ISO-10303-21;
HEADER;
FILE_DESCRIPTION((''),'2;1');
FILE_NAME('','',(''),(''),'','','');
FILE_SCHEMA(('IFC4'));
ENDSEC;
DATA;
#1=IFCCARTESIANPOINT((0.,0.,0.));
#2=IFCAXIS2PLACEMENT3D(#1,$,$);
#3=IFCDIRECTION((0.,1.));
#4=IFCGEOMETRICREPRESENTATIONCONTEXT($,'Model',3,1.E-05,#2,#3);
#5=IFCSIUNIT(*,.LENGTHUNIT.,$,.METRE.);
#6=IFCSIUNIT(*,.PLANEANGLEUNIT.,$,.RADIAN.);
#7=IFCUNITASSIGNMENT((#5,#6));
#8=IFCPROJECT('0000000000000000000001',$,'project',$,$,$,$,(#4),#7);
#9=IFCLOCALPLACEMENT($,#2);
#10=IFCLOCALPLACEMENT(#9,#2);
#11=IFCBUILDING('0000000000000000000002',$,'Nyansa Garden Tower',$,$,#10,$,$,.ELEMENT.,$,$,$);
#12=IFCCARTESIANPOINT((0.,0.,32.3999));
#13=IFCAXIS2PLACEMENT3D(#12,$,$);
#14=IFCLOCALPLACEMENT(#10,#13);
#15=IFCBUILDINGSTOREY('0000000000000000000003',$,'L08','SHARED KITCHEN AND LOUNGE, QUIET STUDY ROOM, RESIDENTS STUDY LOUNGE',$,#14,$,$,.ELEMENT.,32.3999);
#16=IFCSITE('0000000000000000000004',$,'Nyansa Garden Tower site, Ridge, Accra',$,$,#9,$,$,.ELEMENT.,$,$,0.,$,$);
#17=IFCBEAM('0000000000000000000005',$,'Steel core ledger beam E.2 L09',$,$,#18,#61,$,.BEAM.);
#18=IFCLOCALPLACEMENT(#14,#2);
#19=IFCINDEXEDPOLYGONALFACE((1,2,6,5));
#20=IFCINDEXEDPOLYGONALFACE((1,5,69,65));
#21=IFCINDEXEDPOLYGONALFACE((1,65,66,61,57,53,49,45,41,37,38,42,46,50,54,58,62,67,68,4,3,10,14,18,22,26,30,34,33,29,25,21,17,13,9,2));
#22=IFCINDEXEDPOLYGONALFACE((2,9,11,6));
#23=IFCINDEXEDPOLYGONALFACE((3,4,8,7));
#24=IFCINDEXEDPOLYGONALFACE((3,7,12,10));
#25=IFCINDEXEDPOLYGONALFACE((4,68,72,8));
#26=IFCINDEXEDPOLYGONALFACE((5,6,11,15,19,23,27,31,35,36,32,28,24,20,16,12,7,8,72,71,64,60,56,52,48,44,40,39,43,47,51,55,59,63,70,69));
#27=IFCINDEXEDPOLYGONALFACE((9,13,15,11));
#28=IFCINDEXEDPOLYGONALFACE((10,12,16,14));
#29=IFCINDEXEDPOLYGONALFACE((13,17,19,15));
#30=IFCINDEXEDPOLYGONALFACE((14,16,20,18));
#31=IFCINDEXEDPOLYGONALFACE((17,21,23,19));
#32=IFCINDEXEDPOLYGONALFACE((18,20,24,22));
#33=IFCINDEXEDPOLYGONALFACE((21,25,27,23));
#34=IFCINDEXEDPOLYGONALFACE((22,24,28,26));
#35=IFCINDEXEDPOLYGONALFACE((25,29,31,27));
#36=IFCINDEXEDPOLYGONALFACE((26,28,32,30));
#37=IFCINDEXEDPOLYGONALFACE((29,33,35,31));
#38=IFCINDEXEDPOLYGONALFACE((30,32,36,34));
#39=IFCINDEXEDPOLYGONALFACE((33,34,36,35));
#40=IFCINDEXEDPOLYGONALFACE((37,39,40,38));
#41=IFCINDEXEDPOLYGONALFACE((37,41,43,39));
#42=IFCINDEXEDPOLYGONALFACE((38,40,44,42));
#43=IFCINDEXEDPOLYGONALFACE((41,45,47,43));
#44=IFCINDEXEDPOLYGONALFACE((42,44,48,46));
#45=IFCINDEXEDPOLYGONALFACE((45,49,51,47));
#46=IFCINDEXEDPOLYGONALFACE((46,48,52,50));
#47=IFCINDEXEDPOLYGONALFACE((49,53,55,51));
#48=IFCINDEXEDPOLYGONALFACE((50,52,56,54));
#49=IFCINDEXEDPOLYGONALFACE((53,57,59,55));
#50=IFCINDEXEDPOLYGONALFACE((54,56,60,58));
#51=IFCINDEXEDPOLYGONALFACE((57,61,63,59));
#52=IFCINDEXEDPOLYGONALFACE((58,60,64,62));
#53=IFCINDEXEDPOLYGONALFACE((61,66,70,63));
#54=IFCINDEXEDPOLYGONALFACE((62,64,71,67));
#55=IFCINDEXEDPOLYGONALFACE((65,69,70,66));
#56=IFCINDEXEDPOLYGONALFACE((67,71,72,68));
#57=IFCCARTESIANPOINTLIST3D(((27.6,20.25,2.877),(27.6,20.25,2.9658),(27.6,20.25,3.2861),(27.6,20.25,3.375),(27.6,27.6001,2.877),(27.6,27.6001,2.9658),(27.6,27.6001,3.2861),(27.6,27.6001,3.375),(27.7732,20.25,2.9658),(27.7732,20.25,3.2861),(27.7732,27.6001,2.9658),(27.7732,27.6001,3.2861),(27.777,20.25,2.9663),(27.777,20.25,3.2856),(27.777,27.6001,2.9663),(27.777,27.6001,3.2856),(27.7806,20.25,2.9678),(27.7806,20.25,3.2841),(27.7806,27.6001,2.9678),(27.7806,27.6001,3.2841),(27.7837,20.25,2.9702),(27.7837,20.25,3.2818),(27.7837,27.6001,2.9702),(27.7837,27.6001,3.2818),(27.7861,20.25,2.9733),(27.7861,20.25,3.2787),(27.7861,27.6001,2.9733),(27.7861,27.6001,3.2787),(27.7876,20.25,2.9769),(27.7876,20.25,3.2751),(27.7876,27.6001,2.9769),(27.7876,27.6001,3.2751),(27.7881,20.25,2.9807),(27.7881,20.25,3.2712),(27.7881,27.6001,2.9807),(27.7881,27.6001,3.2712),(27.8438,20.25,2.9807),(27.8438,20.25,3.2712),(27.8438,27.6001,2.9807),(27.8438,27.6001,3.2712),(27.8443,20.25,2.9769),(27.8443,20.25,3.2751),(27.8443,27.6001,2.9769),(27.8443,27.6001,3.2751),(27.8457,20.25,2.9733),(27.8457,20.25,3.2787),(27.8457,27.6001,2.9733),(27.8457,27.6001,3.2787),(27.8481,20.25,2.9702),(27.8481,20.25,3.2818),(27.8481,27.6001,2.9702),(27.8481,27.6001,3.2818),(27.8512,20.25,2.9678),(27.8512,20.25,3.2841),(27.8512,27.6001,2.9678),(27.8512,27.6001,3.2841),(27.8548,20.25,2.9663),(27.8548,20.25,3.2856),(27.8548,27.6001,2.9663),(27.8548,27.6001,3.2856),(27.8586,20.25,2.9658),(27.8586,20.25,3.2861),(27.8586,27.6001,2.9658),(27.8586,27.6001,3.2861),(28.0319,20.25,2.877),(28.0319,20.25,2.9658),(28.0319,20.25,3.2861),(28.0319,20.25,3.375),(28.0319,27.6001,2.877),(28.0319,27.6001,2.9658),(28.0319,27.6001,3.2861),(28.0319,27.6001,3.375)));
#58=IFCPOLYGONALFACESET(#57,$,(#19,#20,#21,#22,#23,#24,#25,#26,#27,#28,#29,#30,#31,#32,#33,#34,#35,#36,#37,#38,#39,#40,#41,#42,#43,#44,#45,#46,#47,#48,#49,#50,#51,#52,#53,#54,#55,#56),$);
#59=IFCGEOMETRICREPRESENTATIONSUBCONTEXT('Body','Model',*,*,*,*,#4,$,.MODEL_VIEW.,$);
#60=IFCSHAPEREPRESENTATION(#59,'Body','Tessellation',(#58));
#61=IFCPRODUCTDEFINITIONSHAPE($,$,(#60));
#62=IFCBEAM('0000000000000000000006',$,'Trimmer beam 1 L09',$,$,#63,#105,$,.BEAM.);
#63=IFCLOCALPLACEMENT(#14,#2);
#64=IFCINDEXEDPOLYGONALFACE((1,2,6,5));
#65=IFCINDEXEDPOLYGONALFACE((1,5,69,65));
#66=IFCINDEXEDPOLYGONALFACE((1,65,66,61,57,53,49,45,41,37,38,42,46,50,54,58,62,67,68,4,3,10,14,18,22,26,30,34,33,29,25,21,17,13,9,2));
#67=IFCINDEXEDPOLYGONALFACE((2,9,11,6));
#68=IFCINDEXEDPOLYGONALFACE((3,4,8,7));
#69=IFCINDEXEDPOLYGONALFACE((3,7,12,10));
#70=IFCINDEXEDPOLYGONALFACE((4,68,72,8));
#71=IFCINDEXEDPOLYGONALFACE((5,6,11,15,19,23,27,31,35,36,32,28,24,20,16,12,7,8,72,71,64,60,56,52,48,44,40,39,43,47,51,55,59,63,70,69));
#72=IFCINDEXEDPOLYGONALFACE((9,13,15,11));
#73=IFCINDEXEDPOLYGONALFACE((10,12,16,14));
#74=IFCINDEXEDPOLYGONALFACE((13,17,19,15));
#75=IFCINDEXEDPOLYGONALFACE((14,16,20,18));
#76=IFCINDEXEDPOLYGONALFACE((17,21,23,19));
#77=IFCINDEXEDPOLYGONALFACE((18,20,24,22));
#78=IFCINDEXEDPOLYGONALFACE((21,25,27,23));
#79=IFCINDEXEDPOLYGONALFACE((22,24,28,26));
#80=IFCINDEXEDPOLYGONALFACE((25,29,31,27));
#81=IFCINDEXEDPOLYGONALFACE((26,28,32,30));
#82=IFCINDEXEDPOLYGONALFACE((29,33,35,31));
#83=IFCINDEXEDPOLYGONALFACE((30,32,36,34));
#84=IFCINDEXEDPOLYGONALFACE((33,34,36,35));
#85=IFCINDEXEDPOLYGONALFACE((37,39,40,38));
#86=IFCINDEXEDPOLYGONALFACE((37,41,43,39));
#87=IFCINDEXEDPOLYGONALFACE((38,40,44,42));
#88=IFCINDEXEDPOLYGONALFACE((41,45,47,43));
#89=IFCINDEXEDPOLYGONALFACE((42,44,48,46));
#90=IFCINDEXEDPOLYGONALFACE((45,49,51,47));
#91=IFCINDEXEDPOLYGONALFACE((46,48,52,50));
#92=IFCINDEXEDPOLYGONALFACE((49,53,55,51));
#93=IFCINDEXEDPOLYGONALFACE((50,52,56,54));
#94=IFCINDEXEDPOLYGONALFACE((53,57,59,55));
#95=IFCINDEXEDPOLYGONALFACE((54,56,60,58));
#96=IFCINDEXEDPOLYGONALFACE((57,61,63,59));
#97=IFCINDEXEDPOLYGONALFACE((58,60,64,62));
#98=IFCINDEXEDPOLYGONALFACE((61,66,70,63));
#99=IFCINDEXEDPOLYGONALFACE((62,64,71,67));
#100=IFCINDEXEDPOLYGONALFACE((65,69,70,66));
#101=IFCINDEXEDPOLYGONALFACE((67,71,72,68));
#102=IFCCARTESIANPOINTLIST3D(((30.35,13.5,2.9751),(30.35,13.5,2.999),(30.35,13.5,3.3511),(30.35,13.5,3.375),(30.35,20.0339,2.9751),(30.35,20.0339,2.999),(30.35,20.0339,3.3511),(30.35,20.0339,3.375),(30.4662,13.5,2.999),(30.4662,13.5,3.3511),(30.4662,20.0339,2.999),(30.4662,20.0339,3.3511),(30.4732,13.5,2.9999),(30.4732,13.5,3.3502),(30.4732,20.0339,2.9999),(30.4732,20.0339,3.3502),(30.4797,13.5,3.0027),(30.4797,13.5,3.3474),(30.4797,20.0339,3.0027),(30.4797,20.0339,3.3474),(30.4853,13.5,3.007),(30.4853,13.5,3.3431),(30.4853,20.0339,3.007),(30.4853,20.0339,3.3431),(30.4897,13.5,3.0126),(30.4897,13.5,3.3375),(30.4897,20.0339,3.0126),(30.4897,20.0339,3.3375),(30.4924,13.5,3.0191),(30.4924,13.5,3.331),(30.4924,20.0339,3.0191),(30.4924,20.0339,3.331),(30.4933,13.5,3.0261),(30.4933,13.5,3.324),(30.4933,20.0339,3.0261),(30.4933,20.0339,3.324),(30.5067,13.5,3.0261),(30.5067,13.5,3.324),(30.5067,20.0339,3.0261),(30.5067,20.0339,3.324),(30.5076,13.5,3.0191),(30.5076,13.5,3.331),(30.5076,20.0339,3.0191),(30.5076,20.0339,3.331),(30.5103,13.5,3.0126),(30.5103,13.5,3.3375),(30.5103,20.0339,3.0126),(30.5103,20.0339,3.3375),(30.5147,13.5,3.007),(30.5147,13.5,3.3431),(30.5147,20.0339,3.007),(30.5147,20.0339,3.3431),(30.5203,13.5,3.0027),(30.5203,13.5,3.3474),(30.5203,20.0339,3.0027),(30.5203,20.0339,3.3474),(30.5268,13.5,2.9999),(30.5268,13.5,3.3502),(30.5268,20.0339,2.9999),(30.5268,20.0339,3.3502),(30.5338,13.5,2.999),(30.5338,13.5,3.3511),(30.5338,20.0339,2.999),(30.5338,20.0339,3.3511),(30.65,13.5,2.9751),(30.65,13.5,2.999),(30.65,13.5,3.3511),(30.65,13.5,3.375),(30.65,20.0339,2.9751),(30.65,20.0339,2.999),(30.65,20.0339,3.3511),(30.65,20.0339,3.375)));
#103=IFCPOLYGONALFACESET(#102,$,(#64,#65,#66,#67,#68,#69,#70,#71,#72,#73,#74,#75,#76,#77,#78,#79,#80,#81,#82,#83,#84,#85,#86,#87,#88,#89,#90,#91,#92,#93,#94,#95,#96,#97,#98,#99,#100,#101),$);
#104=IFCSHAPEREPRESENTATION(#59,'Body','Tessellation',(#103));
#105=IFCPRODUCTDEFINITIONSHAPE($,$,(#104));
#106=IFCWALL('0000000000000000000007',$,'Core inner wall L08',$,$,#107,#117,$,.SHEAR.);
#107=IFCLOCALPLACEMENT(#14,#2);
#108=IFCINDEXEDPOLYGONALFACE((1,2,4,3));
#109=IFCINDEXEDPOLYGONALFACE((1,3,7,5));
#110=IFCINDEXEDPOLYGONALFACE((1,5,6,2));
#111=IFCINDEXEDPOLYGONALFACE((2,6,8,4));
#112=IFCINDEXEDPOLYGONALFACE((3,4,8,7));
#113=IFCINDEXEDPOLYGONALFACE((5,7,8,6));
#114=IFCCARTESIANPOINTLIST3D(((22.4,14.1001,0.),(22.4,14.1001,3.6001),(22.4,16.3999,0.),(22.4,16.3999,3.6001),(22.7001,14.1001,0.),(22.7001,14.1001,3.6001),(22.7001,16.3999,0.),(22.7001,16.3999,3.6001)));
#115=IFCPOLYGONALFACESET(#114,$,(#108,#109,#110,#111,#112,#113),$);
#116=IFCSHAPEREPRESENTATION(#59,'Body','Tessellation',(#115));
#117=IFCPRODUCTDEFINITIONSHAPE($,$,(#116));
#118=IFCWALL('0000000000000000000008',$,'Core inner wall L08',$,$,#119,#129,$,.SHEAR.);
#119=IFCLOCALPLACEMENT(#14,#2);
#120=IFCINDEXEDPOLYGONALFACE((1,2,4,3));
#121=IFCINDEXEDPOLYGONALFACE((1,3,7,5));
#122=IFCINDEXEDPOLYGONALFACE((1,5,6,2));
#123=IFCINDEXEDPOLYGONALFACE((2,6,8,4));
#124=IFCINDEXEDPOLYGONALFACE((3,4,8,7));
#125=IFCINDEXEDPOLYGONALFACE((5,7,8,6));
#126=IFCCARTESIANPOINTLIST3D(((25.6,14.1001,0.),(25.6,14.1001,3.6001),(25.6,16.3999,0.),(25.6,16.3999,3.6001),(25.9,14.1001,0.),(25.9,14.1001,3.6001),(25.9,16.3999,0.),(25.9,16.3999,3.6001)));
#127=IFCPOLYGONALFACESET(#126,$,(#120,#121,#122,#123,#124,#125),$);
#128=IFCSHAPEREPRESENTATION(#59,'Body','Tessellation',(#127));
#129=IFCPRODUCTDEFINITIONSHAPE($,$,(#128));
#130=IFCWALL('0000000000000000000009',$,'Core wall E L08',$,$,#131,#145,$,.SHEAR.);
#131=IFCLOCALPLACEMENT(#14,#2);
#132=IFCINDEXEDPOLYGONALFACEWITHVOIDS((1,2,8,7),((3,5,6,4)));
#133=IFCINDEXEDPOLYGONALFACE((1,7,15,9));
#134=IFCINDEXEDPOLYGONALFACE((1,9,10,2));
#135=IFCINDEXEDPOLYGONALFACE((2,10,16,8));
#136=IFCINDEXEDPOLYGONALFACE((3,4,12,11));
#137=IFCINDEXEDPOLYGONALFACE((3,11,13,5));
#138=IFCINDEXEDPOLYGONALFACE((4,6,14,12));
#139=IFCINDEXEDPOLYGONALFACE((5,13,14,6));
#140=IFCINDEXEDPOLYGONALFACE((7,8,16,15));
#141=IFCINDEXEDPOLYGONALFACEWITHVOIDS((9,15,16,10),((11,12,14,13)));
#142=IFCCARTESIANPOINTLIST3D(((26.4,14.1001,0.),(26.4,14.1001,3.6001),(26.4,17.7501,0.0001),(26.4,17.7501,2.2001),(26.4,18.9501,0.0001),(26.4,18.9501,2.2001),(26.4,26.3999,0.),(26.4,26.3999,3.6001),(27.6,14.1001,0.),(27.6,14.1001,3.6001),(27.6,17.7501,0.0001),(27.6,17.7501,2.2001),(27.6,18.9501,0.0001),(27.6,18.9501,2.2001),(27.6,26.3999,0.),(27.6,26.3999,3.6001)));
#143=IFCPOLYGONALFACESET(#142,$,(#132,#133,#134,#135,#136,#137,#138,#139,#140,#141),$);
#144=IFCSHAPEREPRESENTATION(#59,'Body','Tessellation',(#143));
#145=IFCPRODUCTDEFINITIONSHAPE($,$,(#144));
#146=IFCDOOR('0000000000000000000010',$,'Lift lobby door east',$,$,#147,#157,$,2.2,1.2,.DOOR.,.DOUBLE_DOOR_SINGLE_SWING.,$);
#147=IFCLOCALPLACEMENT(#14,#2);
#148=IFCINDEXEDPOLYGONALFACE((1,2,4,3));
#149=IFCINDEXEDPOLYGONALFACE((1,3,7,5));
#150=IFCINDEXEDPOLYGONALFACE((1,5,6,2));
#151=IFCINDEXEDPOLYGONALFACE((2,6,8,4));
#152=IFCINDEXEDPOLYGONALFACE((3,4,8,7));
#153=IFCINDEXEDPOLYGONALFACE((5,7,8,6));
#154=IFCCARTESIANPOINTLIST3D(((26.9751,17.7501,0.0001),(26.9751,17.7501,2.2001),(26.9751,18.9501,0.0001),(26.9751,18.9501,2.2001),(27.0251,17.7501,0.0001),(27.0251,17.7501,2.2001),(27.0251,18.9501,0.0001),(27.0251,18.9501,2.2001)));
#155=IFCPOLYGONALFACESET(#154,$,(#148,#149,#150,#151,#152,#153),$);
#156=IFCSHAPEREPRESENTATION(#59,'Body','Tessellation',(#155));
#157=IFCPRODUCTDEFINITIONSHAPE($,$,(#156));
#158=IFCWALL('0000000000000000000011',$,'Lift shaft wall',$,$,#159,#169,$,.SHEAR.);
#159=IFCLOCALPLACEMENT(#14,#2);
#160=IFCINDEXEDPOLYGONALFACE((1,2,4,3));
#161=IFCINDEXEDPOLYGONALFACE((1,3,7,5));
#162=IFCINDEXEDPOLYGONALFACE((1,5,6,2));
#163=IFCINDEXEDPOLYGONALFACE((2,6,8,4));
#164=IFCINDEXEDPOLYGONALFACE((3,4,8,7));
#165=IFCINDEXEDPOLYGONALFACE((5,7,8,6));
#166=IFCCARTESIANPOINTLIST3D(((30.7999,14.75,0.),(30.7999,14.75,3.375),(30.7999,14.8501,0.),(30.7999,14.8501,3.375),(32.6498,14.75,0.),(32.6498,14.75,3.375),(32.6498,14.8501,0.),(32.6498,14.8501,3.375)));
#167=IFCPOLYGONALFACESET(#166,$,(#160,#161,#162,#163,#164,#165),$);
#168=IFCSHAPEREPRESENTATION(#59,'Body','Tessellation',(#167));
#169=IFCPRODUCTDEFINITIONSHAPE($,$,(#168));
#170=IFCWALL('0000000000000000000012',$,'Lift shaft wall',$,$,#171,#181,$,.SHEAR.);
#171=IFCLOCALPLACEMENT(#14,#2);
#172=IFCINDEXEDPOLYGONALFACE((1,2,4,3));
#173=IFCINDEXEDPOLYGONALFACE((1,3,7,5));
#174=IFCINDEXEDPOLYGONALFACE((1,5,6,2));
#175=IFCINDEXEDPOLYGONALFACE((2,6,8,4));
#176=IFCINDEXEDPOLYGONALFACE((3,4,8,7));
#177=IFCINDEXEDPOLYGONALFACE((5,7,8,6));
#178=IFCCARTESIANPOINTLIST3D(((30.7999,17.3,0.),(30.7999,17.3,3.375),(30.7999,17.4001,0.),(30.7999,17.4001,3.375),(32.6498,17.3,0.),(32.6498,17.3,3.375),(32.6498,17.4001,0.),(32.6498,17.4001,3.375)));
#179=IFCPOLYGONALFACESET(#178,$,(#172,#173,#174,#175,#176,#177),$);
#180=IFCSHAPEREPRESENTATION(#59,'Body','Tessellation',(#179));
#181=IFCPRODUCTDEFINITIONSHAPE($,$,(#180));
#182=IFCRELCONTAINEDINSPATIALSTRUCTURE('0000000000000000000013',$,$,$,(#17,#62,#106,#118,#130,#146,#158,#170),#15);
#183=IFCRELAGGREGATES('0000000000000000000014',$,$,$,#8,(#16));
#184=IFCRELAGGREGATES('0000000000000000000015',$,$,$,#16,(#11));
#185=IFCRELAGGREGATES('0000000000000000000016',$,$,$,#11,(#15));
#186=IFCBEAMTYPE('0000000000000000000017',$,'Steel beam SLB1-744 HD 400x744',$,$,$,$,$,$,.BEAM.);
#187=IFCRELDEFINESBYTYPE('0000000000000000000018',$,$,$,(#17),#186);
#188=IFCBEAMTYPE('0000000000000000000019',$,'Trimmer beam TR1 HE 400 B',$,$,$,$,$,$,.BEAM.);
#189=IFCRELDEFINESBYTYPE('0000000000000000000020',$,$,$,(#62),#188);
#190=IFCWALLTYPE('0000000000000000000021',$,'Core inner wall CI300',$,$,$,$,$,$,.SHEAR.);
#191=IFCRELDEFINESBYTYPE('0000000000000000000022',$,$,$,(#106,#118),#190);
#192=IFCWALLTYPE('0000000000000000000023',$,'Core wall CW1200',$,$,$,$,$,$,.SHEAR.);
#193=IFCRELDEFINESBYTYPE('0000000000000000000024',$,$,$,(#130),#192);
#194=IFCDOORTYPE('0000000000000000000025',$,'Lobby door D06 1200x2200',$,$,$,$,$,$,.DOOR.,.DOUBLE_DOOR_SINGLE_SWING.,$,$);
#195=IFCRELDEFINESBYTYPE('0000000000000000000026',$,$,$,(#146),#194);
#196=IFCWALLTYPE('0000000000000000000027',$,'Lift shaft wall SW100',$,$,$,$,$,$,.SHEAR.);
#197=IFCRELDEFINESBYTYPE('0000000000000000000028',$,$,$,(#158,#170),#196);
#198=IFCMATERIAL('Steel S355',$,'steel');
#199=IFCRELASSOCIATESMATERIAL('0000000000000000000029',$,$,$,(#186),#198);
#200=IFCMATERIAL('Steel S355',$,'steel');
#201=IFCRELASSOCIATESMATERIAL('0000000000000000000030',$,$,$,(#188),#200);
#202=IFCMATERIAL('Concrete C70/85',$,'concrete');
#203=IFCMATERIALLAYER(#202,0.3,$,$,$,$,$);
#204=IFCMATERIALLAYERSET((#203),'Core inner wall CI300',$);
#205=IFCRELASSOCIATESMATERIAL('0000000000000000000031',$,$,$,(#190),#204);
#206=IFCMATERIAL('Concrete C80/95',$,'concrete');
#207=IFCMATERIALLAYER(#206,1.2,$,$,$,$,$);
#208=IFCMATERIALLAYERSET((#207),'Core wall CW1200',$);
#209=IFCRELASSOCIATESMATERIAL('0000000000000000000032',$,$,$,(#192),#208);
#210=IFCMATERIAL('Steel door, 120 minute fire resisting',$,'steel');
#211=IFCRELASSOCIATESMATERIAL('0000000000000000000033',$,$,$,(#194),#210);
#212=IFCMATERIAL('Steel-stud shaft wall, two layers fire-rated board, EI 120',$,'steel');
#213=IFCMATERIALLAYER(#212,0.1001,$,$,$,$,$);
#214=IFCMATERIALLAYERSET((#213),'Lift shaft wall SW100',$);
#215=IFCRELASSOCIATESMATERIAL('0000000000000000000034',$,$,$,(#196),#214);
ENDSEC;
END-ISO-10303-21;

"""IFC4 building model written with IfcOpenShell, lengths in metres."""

from ifc_helpers import new_model, si_unit, direction, frame, frame_2d, origin, origin_2d, place, context, subcontext, project, spatial, rectangle, i_section, extrude, material, layer, layer_set, material_profile, profile_set, type_object, element, fill, save


model = new_model("IFC4")

# Units and contexts
model_context = context("Model", 3, precision=1e-05, world=origin(), true_north=direction((0.0, 1.0)))
body_context = subcontext(model_context, "Body", "Model", "MODEL_VIEW")
ifc_project = project(units=[si_unit("LENGTHUNIT", "METRE"), si_unit("PLANEANGLEUNIT", "RADIAN")], contexts=[model_context])

# Site, building, storey
site_placement = place(None, origin())
site = spatial("IfcSite", under=ifc_project, at=site_placement, Name="Nyansa Garden Tower site, Ridge, Accra", CompositionType="ELEMENT", RefElevation=0.0)
building_placement = place(site_placement, origin())
building = spatial("IfcBuilding", under=site, at=building_placement, Name="Nyansa Garden Tower", CompositionType="ELEMENT")
storey_placement = place(building_placement, frame((0.0, 0.0, 32.3999)))
storey = spatial("IfcBuildingStorey", under=building, at=storey_placement, Name="L08", Description="SHARED KITCHEN AND LOUNGE, QUIET STUDY ROOM, RESIDENTS STUDY LOUNGE", CompositionType="ELEMENT", Elevation=32.3999)

# Beams
ifc_material_1 = material(Name="Steel S355", Category="steel")
ifc_material_profile_1 = material_profile(ifc_material_1, i_section(OverallWidth=0.4319, OverallDepth=0.498, WebThickness=0.0557, FlangeThickness=0.0889, FilletRadius=0.0149, at=origin_2d()), Name="HD 400x744")
ifc_profile_set_1 = profile_set([ifc_material_profile_1], Name="Steel S355")
beam_type_1 = type_object("IfcBeamType", Name="Steel beam SLB1-744 HD 400x744", PredefinedType="BEAM", material=ifc_profile_set_1)
beam_1_placement = place(storey_placement, frame((27.8159, 20.25, 3.126), z_axis=(0.0, 1.0, 0.0), x_axis=(-1.0, 0.0, 0.0)))
element("IfcBeam", 1, at=beam_1_placement, inside=storey, type_object=beam_type_1, Name="Steel core ledger beam E.2 L09", PredefinedType="BEAM", context=body_context, shape_type="SweptSolid", body=[
    extrude(i_section(OverallWidth=0.4319, OverallDepth=0.498, WebThickness=0.0557, FlangeThickness=0.0889, FilletRadius=0.0149, at=origin_2d()), origin(), (0.0, 0.0, 1.0), 7.3501),
])
ifc_material_2 = material(Name="Steel S355", Category="steel")
ifc_material_profile_2 = material_profile(ifc_material_2, i_section(OverallWidth=0.3, OverallDepth=0.3999, WebThickness=0.0134, FlangeThickness=0.0239, FilletRadius=0.0271, at=origin_2d()), Name="HE 400 B")
ifc_profile_set_2 = profile_set([ifc_material_profile_2], Name="Steel S355")
beam_type_2 = type_object("IfcBeamType", Name="Trimmer beam TR1 HE 400 B", PredefinedType="BEAM", material=ifc_profile_set_2)
beam_2_placement = place(storey_placement, frame((30.5, 13.5, 3.175), z_axis=(0.0, 1.0, 0.0), x_axis=(-1.0, 0.0, 0.0)))
element("IfcBeam", 2, at=beam_2_placement, inside=storey, type_object=beam_type_2, Name="Trimmer beam 1 L09", PredefinedType="BEAM", context=body_context, shape_type="SweptSolid", body=[
    extrude(i_section(OverallWidth=0.3, OverallDepth=0.3999, WebThickness=0.0134, FlangeThickness=0.0239, FilletRadius=0.0271, at=origin_2d()), origin(), (0.0, 0.0, 1.0), 6.5339),
])

# Walls
ifc_material_3 = material(Name="Concrete C70/85", Category="concrete")
ifc_layer_1 = layer(ifc_material_3, 0.3)
ifc_layer_set_1 = layer_set([ifc_layer_1], Name="Core inner wall CI300")
wall_type_1 = type_object("IfcWallType", Name="Core inner wall CI300", PredefinedType="SHEAR", material=ifc_layer_set_1)
for number, where, z_axis, x_axis, name in (
    (3, (22.55, 14.1001, 0.0), (0.0, 0.0, 1.0), (0.0, 1.0, 0.0), "Core inner wall L08"),
    (4, (25.75, 14.1001, 0.0), (0.0, 0.0, 1.0), (0.0, 1.0, 0.0), "Core inner wall L08"),
):
    element("IfcWall", number, at=place(storey_placement, frame(where, z_axis=z_axis, x_axis=x_axis)), inside=storey, type_object=wall_type_1, Name=name, PredefinedType="SHEAR", context=body_context, shape_type="SweptSolid", body=[
        extrude(rectangle(XDim=2.2998, YDim=0.3, at=frame_2d((1.1499, 0.0))), origin(), (0.0, 0.0, 1.0), 3.6001),
    ])

# Wall, opening, door
ifc_material_4 = material(Name="Concrete C80/95", Category="concrete")
ifc_layer_2 = layer(ifc_material_4, 1.2)
ifc_layer_set_2 = layer_set([ifc_layer_2], Name="Core wall CW1200")
wall_type_2 = type_object("IfcWallType", Name="Core wall CW1200", PredefinedType="SHEAR", material=ifc_layer_set_2)
wall_1_placement = place(storey_placement, frame((27.0, 14.1001, 0.0), z_axis=(0.0, 0.0, 1.0), x_axis=(0.0, 1.0, 0.0)))
wall_1 = element("IfcWall", 5, at=wall_1_placement, inside=storey, type_object=wall_type_2, Name="Core wall E L08", PredefinedType="SHEAR", context=body_context, shape_type="SweptSolid", body=[
    extrude(rectangle(XDim=12.2998, YDim=1.2, at=frame_2d((6.1499, 0.0))), origin(), (0.0, 0.0, 1.0), 3.6001),
])
opening_1_placement = place(wall_1_placement, frame((3.6499, 0.0, 0.0)))
opening_1 = element("IfcOpeningElement", 6, at=opening_1_placement, cuts=wall_1, PredefinedType="OPENING", context=body_context, shape_type="SweptSolid", body=[
    extrude(rectangle(XDim=1.2, YDim=2.2, at=frame_2d((0.6001, 1.1001))), frame((0.0, 0.6099, 0.0), z_axis=(0.0, -1.0, 0.0), x_axis=(1.0, 0.0, 0.0)), (0.0, 0.0, 1.0), 1.22),
])
ifc_material_5 = material(Name="Steel door, 120 minute fire resisting", Category="steel")
door_type_1 = type_object("IfcDoorType", Name="Lobby door D06 1200x2200", OperationType="DOUBLE_DOOR_SINGLE_SWING", PredefinedType="DOOR", material=ifc_material_5)
door_1_placement = place(opening_1_placement, origin())
door_1 = element("IfcDoor", 7, at=door_1_placement, inside=storey, type_object=door_type_1, Name="Lift lobby door east", OperationType="DOUBLE_DOOR_SINGLE_SWING", OverallHeight=2.2, OverallWidth=1.2, PredefinedType="DOOR", context=body_context, shape_type="SweptSolid", body=[
    extrude(rectangle(XDim=1.2, YDim=2.2, at=frame_2d((0.6001, 1.1001))), frame((0.0, 0.0249, 0.0), z_axis=(0.0, -1.0, 0.0), x_axis=(1.0, 0.0, 0.0)), (0.0, 0.0, 1.0), 0.05),
])
fill(opening_1, door_1)

# Walls
ifc_material_6 = material(Name="Steel-stud shaft wall, two layers fire-rated board, EI 120", Category="steel")
ifc_layer_3 = layer(ifc_material_6, 0.1001)
ifc_layer_set_3 = layer_set([ifc_layer_3], Name="Lift shaft wall SW100")
wall_type_3 = type_object("IfcWallType", Name="Lift shaft wall SW100", PredefinedType="SHEAR", material=ifc_layer_set_3)
for number, where, z_axis, x_axis, name in (
    (8, (30.8, 14.8, 0.0), (0.0, 0.0, 1.0), (1.0, 0.0, 0.0), "Lift shaft wall"),
    (9, (30.8, 17.3501, 0.0), (0.0, 0.0, 1.0), (1.0, 0.0, 0.0), "Lift shaft wall"),
):
    element("IfcWall", number, at=place(storey_placement, frame(where, z_axis=z_axis, x_axis=x_axis)), inside=storey, type_object=wall_type_3, Name=name, PredefinedType="SHEAR", context=body_context, shape_type="SweptSolid", body=[
        extrude(rectangle(XDim=1.8499, YDim=0.1001, at=frame_2d((0.9248, 0.0))), origin(), (0.0, 0.0, 1.0), 3.375),
    ])

save(model, "model.ifc")
